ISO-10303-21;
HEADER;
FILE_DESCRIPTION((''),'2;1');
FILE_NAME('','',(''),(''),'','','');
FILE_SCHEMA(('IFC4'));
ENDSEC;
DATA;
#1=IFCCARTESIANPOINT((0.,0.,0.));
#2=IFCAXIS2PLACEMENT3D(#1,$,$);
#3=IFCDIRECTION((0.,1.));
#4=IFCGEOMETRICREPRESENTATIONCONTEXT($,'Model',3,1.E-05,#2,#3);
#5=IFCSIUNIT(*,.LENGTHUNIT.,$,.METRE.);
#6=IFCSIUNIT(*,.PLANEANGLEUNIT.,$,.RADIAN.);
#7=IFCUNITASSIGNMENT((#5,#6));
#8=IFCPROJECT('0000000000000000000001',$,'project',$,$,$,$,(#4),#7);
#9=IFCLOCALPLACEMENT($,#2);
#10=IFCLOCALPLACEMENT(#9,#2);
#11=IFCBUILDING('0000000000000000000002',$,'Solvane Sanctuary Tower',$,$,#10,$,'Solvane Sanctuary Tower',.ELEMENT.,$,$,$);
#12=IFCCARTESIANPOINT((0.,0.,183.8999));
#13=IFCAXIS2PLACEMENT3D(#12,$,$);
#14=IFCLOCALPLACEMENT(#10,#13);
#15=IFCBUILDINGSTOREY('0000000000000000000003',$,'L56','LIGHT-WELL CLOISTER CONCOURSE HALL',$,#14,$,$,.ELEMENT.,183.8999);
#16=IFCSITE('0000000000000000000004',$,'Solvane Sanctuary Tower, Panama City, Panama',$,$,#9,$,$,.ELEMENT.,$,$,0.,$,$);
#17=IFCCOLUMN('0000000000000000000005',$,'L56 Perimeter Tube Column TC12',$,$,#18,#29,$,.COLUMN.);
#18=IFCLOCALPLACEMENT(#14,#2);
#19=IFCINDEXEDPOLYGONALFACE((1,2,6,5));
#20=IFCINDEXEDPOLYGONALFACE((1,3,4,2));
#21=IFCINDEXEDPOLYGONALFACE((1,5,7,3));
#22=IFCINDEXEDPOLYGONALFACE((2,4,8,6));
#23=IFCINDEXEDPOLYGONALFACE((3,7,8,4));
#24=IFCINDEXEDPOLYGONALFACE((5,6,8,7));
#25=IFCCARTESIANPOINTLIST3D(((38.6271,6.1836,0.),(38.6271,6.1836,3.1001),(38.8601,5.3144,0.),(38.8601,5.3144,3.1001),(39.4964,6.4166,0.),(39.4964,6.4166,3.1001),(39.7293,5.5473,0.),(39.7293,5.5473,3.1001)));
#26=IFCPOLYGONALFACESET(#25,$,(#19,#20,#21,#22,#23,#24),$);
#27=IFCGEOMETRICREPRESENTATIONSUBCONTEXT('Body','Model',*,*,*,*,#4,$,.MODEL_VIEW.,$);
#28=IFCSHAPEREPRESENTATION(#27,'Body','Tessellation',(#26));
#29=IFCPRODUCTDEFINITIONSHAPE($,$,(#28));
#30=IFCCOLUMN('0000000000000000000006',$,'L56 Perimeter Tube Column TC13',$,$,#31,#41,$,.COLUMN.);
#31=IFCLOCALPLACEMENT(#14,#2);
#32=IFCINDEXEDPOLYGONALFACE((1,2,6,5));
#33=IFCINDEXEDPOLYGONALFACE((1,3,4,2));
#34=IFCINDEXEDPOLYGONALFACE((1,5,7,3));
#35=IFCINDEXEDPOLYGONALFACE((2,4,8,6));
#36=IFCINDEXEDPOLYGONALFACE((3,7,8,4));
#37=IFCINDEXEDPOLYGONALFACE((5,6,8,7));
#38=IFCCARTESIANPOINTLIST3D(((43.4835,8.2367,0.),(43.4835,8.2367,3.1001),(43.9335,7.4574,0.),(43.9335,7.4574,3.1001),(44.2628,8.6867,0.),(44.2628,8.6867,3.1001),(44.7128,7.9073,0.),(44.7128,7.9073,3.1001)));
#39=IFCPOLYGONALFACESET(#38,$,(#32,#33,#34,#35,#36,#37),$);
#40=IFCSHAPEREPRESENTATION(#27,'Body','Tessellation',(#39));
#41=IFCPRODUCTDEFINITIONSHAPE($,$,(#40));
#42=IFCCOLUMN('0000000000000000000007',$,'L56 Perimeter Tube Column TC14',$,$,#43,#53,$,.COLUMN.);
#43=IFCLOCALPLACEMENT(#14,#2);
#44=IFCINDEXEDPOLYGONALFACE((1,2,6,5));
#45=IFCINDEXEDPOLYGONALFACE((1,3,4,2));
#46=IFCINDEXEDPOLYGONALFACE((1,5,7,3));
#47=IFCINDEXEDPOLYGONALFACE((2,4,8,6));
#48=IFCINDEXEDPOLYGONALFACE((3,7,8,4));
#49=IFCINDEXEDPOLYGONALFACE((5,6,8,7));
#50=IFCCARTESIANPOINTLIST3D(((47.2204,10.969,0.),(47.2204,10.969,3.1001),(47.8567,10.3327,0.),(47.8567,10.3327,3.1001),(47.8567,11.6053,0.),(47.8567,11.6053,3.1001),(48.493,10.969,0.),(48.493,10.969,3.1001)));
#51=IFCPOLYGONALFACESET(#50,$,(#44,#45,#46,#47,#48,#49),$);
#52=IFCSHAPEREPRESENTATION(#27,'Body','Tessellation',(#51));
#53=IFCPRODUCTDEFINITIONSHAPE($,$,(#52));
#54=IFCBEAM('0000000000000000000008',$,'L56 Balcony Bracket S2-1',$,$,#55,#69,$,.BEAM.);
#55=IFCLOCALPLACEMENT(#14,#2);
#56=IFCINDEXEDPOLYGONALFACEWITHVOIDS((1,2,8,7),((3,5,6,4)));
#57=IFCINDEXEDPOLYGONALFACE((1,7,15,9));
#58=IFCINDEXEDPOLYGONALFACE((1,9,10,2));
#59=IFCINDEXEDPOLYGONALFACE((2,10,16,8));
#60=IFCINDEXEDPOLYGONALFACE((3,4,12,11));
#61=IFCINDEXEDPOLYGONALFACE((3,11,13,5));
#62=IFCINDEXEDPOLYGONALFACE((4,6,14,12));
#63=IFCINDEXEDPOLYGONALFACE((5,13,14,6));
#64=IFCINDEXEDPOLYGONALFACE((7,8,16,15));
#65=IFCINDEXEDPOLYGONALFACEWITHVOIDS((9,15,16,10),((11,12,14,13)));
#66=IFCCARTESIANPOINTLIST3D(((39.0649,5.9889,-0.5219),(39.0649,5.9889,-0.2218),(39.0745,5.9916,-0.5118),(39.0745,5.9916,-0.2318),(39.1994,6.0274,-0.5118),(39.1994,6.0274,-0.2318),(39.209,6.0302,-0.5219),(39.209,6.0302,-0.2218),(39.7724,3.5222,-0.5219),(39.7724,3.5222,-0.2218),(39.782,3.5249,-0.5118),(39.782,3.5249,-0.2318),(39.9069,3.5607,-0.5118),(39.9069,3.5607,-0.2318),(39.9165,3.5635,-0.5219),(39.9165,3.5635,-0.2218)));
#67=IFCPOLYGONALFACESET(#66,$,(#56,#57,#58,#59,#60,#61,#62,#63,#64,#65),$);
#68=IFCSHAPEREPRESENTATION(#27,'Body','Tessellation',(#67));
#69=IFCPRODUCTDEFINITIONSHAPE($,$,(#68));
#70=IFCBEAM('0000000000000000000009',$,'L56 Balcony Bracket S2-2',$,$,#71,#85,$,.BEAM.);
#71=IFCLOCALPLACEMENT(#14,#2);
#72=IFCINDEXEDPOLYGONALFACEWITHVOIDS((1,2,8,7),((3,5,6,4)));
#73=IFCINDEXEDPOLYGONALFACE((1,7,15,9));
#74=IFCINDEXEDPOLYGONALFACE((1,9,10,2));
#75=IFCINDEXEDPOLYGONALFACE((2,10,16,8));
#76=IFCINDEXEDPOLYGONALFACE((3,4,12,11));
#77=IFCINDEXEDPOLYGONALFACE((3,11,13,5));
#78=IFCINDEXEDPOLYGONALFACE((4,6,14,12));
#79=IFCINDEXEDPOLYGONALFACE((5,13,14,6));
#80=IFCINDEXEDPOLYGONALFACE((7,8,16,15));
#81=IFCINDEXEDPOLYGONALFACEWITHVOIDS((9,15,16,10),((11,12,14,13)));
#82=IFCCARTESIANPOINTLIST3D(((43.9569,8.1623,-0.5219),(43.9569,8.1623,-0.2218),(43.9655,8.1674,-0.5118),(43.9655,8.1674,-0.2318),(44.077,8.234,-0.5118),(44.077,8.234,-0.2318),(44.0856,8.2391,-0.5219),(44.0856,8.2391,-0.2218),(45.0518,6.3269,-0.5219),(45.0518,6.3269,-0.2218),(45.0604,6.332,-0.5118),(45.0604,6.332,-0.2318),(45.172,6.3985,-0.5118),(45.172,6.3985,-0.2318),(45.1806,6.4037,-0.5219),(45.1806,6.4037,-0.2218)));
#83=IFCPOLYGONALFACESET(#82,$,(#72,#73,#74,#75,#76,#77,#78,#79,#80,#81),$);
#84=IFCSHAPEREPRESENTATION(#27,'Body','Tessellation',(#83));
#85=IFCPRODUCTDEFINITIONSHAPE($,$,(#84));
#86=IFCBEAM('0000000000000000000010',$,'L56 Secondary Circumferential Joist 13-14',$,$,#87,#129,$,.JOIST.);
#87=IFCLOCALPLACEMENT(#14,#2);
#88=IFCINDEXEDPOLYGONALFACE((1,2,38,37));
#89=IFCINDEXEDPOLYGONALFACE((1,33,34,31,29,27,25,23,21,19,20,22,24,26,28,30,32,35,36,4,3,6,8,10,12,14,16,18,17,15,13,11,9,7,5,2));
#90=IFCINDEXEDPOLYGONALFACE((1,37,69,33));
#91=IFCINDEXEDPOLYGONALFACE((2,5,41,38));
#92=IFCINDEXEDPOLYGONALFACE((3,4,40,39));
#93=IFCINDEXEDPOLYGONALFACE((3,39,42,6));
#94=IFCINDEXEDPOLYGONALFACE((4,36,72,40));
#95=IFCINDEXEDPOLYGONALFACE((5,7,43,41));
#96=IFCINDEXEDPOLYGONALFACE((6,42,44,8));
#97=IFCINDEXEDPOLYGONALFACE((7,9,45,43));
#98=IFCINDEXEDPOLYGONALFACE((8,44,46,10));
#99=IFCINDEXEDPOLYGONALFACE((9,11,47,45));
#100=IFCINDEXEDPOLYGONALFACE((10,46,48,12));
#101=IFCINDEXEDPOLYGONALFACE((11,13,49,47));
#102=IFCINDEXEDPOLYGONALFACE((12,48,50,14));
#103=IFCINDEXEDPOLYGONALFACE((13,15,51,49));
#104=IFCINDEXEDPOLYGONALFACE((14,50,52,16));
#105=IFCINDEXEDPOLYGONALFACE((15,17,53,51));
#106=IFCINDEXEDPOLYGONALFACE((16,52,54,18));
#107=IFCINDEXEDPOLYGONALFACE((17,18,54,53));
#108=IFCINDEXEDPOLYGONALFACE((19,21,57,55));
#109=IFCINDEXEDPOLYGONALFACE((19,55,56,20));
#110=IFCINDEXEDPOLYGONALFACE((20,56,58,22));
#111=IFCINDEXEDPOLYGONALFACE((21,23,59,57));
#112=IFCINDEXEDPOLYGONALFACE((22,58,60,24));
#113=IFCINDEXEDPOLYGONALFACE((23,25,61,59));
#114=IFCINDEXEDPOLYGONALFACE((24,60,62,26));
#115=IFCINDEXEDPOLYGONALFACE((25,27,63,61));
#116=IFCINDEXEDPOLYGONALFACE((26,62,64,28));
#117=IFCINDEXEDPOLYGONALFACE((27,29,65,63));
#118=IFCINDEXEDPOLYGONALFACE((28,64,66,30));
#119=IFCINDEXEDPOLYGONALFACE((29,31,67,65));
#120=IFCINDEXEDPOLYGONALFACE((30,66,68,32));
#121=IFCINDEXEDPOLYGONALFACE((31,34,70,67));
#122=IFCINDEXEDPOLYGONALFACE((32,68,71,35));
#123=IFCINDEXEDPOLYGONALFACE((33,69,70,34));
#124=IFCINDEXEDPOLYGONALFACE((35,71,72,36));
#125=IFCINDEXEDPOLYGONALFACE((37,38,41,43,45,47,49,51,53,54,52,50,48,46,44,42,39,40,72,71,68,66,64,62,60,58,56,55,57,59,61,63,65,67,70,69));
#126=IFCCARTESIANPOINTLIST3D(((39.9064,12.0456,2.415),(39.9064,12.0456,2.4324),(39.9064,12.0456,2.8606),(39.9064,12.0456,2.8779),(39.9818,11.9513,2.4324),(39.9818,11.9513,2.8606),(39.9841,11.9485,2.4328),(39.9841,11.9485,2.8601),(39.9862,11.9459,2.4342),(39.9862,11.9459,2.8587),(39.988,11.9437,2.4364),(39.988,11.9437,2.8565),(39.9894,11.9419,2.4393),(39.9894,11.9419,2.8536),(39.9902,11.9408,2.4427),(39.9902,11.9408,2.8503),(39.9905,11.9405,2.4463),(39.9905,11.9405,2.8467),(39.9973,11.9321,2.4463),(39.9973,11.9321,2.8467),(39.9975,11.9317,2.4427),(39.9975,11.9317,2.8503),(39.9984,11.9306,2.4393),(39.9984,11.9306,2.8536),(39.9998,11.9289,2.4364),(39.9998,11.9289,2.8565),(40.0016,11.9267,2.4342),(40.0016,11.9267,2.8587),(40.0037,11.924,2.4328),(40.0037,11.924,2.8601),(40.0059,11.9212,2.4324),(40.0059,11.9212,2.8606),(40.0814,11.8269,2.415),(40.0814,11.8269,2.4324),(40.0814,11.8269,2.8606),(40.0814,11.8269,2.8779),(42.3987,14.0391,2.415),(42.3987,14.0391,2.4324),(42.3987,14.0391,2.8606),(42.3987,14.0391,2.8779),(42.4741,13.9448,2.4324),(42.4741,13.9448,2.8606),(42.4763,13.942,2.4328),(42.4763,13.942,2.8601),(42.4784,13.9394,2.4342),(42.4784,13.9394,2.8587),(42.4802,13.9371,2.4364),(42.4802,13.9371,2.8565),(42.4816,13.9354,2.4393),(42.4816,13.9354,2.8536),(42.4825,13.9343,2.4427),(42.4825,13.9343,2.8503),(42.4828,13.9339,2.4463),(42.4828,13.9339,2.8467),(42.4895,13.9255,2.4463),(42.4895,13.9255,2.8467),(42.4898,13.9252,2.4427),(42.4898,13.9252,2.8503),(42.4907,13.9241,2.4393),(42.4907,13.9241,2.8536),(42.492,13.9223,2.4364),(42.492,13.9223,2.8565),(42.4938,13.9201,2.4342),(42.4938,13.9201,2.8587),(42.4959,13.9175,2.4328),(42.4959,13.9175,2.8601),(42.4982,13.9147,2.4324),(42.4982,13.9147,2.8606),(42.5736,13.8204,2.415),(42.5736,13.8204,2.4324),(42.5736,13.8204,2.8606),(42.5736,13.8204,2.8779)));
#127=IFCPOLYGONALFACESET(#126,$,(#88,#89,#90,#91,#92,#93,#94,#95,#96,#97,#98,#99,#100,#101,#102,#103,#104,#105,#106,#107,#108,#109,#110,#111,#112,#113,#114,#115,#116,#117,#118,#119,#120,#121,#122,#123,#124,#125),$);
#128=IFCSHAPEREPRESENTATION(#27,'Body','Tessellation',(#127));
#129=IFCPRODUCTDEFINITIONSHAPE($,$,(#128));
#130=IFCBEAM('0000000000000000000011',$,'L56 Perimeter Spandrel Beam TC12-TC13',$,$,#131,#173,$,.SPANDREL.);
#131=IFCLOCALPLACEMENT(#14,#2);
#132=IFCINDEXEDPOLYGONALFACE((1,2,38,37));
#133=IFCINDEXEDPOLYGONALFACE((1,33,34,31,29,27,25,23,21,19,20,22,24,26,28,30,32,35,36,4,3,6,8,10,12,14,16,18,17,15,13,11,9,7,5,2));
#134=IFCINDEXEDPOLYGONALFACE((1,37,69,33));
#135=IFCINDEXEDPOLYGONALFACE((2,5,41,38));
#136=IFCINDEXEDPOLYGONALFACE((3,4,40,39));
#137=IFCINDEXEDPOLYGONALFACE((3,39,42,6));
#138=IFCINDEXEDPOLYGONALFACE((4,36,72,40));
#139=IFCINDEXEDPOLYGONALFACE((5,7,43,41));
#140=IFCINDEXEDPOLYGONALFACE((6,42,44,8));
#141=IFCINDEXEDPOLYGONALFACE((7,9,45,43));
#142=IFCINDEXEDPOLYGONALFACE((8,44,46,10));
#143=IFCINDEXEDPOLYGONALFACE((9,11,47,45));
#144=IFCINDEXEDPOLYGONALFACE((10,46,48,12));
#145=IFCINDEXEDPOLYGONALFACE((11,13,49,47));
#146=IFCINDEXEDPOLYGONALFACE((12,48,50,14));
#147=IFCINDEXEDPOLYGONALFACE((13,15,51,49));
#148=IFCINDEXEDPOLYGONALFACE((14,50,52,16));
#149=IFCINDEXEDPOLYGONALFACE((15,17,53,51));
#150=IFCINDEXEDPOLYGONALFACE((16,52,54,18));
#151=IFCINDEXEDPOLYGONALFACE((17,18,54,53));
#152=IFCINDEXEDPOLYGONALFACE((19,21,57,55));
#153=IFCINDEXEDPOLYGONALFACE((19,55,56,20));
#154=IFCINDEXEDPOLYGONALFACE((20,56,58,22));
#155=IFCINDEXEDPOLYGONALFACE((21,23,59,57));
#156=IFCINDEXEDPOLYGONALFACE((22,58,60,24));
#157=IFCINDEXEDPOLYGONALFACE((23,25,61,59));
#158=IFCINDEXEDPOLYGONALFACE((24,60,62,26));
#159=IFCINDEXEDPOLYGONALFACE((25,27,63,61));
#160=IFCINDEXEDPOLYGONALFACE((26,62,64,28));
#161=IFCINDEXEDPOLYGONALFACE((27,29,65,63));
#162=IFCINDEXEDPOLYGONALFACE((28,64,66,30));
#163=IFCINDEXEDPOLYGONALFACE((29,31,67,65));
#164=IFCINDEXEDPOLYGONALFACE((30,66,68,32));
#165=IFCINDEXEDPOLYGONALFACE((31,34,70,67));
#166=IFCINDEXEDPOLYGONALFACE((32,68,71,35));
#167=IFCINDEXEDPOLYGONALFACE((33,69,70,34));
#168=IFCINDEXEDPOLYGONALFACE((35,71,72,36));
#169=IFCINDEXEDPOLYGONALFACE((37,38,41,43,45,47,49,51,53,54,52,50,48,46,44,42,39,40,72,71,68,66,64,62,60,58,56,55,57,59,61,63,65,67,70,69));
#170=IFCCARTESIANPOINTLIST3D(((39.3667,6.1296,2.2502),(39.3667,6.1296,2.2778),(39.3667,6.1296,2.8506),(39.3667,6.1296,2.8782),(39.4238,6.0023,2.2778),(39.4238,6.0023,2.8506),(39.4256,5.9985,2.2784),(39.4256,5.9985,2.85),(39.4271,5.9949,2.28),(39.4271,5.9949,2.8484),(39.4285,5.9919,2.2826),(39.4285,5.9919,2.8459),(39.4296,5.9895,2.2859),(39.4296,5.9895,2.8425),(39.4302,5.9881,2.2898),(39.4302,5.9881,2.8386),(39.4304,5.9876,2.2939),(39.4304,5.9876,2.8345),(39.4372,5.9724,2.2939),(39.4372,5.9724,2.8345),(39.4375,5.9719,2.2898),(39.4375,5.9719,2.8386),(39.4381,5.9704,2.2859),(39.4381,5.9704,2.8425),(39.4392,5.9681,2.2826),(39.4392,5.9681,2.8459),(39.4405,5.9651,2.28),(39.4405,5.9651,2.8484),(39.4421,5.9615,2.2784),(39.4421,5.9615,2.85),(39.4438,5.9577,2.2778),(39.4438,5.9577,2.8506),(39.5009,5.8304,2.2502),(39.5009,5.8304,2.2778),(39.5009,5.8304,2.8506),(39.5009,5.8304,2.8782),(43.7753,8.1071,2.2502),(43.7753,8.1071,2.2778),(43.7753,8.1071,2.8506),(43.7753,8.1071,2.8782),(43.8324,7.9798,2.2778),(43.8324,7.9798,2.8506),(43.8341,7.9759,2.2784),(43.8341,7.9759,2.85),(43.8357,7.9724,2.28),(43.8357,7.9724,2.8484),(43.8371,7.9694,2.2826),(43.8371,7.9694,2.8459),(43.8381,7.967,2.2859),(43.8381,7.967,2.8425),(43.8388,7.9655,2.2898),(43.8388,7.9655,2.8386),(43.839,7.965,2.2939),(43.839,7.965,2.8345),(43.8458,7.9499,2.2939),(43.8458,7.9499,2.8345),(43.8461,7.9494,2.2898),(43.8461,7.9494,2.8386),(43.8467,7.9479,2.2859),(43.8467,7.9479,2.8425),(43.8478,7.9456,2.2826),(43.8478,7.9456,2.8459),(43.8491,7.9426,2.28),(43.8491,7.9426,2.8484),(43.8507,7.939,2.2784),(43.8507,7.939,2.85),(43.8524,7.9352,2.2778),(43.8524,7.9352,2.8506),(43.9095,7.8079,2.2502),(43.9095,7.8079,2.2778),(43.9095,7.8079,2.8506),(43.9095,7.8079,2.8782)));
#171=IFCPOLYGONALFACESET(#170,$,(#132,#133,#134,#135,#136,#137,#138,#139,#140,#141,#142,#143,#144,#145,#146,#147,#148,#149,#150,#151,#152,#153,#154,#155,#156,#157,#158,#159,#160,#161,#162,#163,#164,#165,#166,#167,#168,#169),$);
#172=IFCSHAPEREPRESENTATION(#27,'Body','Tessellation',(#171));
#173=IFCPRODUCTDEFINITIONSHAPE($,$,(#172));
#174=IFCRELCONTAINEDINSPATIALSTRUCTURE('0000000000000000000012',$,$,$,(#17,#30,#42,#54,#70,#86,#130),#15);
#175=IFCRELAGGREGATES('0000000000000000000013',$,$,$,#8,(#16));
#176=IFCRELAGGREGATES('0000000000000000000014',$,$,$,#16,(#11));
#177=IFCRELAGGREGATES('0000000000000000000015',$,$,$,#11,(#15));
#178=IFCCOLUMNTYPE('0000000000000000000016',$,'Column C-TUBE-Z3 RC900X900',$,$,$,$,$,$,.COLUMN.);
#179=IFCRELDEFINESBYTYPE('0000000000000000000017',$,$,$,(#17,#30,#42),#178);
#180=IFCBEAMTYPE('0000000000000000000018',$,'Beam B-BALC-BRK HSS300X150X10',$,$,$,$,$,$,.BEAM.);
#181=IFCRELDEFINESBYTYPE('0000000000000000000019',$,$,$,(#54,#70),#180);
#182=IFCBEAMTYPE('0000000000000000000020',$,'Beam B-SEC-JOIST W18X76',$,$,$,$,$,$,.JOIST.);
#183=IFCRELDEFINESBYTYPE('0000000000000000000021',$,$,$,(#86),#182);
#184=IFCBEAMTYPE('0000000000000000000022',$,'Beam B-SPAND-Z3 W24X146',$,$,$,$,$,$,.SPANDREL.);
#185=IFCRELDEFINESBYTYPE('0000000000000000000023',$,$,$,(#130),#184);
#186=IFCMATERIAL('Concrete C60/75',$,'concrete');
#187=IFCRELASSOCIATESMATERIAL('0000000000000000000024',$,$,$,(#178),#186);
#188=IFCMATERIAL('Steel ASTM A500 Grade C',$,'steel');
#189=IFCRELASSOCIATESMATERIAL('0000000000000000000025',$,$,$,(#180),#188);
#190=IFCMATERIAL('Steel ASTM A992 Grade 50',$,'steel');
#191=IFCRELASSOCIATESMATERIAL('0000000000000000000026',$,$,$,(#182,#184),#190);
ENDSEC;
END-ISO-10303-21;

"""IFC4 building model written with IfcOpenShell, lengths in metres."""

from ifc_helpers import new_model, si_unit, direction, frame, origin, origin_2d, place, context, subcontext, project, spatial, rectangle, hollow_rectangle, i_section, extrude, material, material_profile, profile_set, type_object, element, save


model = new_model("IFC4")

# Units and contexts
model_context = context("Model", 3, precision=1e-05, world=origin(), true_north=direction((0.0, 1.0)))
body_context = subcontext(model_context, "Body", "Model", "MODEL_VIEW")
ifc_project = project(units=[si_unit("LENGTHUNIT", "METRE"), si_unit("PLANEANGLEUNIT", "RADIAN")], contexts=[model_context])

# Site, building, storey
site_placement = place(None, origin())
site = spatial("IfcSite", under=ifc_project, at=site_placement, Name="Solvane Sanctuary Tower, Panama City, Panama", CompositionType="ELEMENT", RefElevation=0.0)
building_placement = place(site_placement, origin())
building = spatial("IfcBuilding", under=site, at=building_placement, Name="Solvane Sanctuary Tower", LongName="Solvane Sanctuary Tower", CompositionType="ELEMENT")
storey_placement = place(building_placement, frame((0.0, 0.0, 183.8999)))
storey = spatial("IfcBuildingStorey", under=building, at=storey_placement, Name="L56", Description="LIGHT-WELL CLOISTER CONCOURSE HALL", CompositionType="ELEMENT", Elevation=183.8999)

# Columns
ifc_material_1 = material(Name="Concrete C60/75", Category="concrete")
ifc_material_profile_1 = material_profile(ifc_material_1, rectangle(XDim=0.8999, YDim=0.8999, at=origin_2d()), Name="RC900X900")
ifc_profile_set_1 = profile_set([ifc_material_profile_1], Name="Concrete C60/75")
column_type = type_object("IfcColumnType", Name="Column C-TUBE-Z3 RC900X900", PredefinedType="COLUMN", material=ifc_profile_set_1)
for number, where, z_axis, x_axis, name in (
    (1, (39.1782, 5.8655, 0.0), (0.0, 0.0, 1.0), (0.258819, -0.965926, 0.0), "L56 Perimeter Tube Column TC12"),
    (2, (44.0981, 8.072, 0.0), (0.0, 0.0, 1.0), (0.5, -0.866025, 0.0), "L56 Perimeter Tube Column TC13"),
    (3, (47.8567, 10.969, 0.0), (0.0, 0.0, 1.0), (0.707107, -0.707107, 0.0), "L56 Perimeter Tube Column TC14"),
):
    element("IfcColumn", number, at=place(storey_placement, frame(where, z_axis=z_axis, x_axis=x_axis)), inside=storey, type_object=column_type, Name=name, PredefinedType="COLUMN", context=body_context, shape_type="SweptSolid", body=[
        extrude(rectangle(XDim=0.8999, YDim=0.8999, at=origin_2d()), origin(), (0.0, 0.0, 1.0), 3.1001),
    ])

# Beams
ifc_material_2 = material(Name="Steel ASTM A500 Grade C", Category="steel")
ifc_material_profile_2 = material_profile(ifc_material_2, hollow_rectangle(XDim=0.1499, YDim=0.3, WallThickness=0.01, at=origin_2d()), Name="HSS300X150X10")
ifc_profile_set_2 = profile_set([ifc_material_profile_2], Name="Steel ASTM A500 Grade C")
beam_type_1 = type_object("IfcBeamType", Name="Beam B-BALC-BRK HSS300X150X10", PredefinedType="BEAM", material=ifc_profile_set_2)
beam_1_placement = place(storey_placement, frame((39.137, 6.0095, -0.3718), z_axis=(0.275701, -0.961243, 0.0), x_axis=(0.961243, 0.275701, 0.0)))
element("IfcBeam", 4, at=beam_1_placement, inside=storey, type_object=beam_type_1, Name="L56 Balcony Bracket S2-1", PredefinedType="BEAM", context=body_context, shape_type="SweptSolid", body=[
    extrude(hollow_rectangle(XDim=0.1499, YDim=0.3, WallThickness=0.01, at=origin_2d()), origin(), (0.0, 0.0, 1.0), 2.5662),
])
beam_2_placement = place(storey_placement, frame((44.0212, 8.2007, -0.3718), z_axis=(0.512327, -0.85879, 0.0), x_axis=(0.85879, 0.512327, 0.0)))
element("IfcBeam", 5, at=beam_2_placement, inside=storey, type_object=beam_type_1, Name="L56 Balcony Bracket S2-2", PredefinedType="BEAM", context=body_context, shape_type="SweptSolid", body=[
    extrude(hollow_rectangle(XDim=0.1499, YDim=0.3, WallThickness=0.01, at=origin_2d()), origin(), (0.0, 0.0, 1.0), 2.1372),
])
ifc_material_3 = material(Name="Steel ASTM A992 Grade 50", Category="steel")
ifc_material_profile_3 = material_profile(ifc_material_3, i_section(OverallWidth=0.28, OverallDepth=0.4629, WebThickness=0.0107, FlangeThickness=0.0173, FilletRadius=0.0139, at=origin_2d()), Name="W18X76")
ifc_profile_set_3 = profile_set([ifc_material_profile_3], Name="Steel ASTM A992 Grade 50")
beam_type_2 = type_object("IfcBeamType", Name="Beam B-SEC-JOIST W18X76", PredefinedType="JOIST", material=ifc_profile_set_3)
beam_3_placement = place(storey_placement, frame((39.9939, 11.9363, 2.6465), z_axis=(0.780921, 0.62463, 0.0), x_axis=(-0.62463, 0.780921, 0.0)))
element("IfcBeam", 6, at=beam_3_placement, inside=storey, type_object=beam_type_2, Name="L56 Secondary Circumferential Joist 13-14", PredefinedType="JOIST", context=body_context, shape_type="SweptSolid", body=[
    extrude(i_section(OverallWidth=0.28, OverallDepth=0.4629, WebThickness=0.0107, FlangeThickness=0.0173, FilletRadius=0.0139, at=origin_2d()), origin(), (0.0, 0.0, 1.0), 3.1914),
])
ifc_material_profile_4 = material_profile(ifc_material_3, i_section(OverallWidth=0.3279, OverallDepth=0.6279, WebThickness=0.0166, FlangeThickness=0.0276, FilletRadius=0.0161, at=origin_2d()), Name="W24X146")
ifc_profile_set_4 = profile_set([ifc_material_profile_4], Name="Steel ASTM A992 Grade 50")
beam_type_3 = type_object("IfcBeamType", Name="Beam B-SPAND-Z3 W24X146", PredefinedType="SPANDREL", material=ifc_profile_set_4)
beam_4_placement = place(storey_placement, frame((39.4338, 5.98, 2.5642), z_axis=(0.912414, 0.409268, 0.0), x_axis=(-0.409268, 0.912414, 0.0)))
element("IfcBeam", 7, at=beam_4_placement, inside=storey, type_object=beam_type_3, Name="L56 Perimeter Spandrel Beam TC12-TC13", PredefinedType="SPANDREL", context=body_context, shape_type="SweptSolid", body=[
    extrude(i_section(OverallWidth=0.3279, OverallDepth=0.6279, WebThickness=0.0166, FlangeThickness=0.0276, FilletRadius=0.0161, at=origin_2d()), origin(), (0.0, 0.0, 1.0), 4.8318),
])

save(model, "model.ifc")
